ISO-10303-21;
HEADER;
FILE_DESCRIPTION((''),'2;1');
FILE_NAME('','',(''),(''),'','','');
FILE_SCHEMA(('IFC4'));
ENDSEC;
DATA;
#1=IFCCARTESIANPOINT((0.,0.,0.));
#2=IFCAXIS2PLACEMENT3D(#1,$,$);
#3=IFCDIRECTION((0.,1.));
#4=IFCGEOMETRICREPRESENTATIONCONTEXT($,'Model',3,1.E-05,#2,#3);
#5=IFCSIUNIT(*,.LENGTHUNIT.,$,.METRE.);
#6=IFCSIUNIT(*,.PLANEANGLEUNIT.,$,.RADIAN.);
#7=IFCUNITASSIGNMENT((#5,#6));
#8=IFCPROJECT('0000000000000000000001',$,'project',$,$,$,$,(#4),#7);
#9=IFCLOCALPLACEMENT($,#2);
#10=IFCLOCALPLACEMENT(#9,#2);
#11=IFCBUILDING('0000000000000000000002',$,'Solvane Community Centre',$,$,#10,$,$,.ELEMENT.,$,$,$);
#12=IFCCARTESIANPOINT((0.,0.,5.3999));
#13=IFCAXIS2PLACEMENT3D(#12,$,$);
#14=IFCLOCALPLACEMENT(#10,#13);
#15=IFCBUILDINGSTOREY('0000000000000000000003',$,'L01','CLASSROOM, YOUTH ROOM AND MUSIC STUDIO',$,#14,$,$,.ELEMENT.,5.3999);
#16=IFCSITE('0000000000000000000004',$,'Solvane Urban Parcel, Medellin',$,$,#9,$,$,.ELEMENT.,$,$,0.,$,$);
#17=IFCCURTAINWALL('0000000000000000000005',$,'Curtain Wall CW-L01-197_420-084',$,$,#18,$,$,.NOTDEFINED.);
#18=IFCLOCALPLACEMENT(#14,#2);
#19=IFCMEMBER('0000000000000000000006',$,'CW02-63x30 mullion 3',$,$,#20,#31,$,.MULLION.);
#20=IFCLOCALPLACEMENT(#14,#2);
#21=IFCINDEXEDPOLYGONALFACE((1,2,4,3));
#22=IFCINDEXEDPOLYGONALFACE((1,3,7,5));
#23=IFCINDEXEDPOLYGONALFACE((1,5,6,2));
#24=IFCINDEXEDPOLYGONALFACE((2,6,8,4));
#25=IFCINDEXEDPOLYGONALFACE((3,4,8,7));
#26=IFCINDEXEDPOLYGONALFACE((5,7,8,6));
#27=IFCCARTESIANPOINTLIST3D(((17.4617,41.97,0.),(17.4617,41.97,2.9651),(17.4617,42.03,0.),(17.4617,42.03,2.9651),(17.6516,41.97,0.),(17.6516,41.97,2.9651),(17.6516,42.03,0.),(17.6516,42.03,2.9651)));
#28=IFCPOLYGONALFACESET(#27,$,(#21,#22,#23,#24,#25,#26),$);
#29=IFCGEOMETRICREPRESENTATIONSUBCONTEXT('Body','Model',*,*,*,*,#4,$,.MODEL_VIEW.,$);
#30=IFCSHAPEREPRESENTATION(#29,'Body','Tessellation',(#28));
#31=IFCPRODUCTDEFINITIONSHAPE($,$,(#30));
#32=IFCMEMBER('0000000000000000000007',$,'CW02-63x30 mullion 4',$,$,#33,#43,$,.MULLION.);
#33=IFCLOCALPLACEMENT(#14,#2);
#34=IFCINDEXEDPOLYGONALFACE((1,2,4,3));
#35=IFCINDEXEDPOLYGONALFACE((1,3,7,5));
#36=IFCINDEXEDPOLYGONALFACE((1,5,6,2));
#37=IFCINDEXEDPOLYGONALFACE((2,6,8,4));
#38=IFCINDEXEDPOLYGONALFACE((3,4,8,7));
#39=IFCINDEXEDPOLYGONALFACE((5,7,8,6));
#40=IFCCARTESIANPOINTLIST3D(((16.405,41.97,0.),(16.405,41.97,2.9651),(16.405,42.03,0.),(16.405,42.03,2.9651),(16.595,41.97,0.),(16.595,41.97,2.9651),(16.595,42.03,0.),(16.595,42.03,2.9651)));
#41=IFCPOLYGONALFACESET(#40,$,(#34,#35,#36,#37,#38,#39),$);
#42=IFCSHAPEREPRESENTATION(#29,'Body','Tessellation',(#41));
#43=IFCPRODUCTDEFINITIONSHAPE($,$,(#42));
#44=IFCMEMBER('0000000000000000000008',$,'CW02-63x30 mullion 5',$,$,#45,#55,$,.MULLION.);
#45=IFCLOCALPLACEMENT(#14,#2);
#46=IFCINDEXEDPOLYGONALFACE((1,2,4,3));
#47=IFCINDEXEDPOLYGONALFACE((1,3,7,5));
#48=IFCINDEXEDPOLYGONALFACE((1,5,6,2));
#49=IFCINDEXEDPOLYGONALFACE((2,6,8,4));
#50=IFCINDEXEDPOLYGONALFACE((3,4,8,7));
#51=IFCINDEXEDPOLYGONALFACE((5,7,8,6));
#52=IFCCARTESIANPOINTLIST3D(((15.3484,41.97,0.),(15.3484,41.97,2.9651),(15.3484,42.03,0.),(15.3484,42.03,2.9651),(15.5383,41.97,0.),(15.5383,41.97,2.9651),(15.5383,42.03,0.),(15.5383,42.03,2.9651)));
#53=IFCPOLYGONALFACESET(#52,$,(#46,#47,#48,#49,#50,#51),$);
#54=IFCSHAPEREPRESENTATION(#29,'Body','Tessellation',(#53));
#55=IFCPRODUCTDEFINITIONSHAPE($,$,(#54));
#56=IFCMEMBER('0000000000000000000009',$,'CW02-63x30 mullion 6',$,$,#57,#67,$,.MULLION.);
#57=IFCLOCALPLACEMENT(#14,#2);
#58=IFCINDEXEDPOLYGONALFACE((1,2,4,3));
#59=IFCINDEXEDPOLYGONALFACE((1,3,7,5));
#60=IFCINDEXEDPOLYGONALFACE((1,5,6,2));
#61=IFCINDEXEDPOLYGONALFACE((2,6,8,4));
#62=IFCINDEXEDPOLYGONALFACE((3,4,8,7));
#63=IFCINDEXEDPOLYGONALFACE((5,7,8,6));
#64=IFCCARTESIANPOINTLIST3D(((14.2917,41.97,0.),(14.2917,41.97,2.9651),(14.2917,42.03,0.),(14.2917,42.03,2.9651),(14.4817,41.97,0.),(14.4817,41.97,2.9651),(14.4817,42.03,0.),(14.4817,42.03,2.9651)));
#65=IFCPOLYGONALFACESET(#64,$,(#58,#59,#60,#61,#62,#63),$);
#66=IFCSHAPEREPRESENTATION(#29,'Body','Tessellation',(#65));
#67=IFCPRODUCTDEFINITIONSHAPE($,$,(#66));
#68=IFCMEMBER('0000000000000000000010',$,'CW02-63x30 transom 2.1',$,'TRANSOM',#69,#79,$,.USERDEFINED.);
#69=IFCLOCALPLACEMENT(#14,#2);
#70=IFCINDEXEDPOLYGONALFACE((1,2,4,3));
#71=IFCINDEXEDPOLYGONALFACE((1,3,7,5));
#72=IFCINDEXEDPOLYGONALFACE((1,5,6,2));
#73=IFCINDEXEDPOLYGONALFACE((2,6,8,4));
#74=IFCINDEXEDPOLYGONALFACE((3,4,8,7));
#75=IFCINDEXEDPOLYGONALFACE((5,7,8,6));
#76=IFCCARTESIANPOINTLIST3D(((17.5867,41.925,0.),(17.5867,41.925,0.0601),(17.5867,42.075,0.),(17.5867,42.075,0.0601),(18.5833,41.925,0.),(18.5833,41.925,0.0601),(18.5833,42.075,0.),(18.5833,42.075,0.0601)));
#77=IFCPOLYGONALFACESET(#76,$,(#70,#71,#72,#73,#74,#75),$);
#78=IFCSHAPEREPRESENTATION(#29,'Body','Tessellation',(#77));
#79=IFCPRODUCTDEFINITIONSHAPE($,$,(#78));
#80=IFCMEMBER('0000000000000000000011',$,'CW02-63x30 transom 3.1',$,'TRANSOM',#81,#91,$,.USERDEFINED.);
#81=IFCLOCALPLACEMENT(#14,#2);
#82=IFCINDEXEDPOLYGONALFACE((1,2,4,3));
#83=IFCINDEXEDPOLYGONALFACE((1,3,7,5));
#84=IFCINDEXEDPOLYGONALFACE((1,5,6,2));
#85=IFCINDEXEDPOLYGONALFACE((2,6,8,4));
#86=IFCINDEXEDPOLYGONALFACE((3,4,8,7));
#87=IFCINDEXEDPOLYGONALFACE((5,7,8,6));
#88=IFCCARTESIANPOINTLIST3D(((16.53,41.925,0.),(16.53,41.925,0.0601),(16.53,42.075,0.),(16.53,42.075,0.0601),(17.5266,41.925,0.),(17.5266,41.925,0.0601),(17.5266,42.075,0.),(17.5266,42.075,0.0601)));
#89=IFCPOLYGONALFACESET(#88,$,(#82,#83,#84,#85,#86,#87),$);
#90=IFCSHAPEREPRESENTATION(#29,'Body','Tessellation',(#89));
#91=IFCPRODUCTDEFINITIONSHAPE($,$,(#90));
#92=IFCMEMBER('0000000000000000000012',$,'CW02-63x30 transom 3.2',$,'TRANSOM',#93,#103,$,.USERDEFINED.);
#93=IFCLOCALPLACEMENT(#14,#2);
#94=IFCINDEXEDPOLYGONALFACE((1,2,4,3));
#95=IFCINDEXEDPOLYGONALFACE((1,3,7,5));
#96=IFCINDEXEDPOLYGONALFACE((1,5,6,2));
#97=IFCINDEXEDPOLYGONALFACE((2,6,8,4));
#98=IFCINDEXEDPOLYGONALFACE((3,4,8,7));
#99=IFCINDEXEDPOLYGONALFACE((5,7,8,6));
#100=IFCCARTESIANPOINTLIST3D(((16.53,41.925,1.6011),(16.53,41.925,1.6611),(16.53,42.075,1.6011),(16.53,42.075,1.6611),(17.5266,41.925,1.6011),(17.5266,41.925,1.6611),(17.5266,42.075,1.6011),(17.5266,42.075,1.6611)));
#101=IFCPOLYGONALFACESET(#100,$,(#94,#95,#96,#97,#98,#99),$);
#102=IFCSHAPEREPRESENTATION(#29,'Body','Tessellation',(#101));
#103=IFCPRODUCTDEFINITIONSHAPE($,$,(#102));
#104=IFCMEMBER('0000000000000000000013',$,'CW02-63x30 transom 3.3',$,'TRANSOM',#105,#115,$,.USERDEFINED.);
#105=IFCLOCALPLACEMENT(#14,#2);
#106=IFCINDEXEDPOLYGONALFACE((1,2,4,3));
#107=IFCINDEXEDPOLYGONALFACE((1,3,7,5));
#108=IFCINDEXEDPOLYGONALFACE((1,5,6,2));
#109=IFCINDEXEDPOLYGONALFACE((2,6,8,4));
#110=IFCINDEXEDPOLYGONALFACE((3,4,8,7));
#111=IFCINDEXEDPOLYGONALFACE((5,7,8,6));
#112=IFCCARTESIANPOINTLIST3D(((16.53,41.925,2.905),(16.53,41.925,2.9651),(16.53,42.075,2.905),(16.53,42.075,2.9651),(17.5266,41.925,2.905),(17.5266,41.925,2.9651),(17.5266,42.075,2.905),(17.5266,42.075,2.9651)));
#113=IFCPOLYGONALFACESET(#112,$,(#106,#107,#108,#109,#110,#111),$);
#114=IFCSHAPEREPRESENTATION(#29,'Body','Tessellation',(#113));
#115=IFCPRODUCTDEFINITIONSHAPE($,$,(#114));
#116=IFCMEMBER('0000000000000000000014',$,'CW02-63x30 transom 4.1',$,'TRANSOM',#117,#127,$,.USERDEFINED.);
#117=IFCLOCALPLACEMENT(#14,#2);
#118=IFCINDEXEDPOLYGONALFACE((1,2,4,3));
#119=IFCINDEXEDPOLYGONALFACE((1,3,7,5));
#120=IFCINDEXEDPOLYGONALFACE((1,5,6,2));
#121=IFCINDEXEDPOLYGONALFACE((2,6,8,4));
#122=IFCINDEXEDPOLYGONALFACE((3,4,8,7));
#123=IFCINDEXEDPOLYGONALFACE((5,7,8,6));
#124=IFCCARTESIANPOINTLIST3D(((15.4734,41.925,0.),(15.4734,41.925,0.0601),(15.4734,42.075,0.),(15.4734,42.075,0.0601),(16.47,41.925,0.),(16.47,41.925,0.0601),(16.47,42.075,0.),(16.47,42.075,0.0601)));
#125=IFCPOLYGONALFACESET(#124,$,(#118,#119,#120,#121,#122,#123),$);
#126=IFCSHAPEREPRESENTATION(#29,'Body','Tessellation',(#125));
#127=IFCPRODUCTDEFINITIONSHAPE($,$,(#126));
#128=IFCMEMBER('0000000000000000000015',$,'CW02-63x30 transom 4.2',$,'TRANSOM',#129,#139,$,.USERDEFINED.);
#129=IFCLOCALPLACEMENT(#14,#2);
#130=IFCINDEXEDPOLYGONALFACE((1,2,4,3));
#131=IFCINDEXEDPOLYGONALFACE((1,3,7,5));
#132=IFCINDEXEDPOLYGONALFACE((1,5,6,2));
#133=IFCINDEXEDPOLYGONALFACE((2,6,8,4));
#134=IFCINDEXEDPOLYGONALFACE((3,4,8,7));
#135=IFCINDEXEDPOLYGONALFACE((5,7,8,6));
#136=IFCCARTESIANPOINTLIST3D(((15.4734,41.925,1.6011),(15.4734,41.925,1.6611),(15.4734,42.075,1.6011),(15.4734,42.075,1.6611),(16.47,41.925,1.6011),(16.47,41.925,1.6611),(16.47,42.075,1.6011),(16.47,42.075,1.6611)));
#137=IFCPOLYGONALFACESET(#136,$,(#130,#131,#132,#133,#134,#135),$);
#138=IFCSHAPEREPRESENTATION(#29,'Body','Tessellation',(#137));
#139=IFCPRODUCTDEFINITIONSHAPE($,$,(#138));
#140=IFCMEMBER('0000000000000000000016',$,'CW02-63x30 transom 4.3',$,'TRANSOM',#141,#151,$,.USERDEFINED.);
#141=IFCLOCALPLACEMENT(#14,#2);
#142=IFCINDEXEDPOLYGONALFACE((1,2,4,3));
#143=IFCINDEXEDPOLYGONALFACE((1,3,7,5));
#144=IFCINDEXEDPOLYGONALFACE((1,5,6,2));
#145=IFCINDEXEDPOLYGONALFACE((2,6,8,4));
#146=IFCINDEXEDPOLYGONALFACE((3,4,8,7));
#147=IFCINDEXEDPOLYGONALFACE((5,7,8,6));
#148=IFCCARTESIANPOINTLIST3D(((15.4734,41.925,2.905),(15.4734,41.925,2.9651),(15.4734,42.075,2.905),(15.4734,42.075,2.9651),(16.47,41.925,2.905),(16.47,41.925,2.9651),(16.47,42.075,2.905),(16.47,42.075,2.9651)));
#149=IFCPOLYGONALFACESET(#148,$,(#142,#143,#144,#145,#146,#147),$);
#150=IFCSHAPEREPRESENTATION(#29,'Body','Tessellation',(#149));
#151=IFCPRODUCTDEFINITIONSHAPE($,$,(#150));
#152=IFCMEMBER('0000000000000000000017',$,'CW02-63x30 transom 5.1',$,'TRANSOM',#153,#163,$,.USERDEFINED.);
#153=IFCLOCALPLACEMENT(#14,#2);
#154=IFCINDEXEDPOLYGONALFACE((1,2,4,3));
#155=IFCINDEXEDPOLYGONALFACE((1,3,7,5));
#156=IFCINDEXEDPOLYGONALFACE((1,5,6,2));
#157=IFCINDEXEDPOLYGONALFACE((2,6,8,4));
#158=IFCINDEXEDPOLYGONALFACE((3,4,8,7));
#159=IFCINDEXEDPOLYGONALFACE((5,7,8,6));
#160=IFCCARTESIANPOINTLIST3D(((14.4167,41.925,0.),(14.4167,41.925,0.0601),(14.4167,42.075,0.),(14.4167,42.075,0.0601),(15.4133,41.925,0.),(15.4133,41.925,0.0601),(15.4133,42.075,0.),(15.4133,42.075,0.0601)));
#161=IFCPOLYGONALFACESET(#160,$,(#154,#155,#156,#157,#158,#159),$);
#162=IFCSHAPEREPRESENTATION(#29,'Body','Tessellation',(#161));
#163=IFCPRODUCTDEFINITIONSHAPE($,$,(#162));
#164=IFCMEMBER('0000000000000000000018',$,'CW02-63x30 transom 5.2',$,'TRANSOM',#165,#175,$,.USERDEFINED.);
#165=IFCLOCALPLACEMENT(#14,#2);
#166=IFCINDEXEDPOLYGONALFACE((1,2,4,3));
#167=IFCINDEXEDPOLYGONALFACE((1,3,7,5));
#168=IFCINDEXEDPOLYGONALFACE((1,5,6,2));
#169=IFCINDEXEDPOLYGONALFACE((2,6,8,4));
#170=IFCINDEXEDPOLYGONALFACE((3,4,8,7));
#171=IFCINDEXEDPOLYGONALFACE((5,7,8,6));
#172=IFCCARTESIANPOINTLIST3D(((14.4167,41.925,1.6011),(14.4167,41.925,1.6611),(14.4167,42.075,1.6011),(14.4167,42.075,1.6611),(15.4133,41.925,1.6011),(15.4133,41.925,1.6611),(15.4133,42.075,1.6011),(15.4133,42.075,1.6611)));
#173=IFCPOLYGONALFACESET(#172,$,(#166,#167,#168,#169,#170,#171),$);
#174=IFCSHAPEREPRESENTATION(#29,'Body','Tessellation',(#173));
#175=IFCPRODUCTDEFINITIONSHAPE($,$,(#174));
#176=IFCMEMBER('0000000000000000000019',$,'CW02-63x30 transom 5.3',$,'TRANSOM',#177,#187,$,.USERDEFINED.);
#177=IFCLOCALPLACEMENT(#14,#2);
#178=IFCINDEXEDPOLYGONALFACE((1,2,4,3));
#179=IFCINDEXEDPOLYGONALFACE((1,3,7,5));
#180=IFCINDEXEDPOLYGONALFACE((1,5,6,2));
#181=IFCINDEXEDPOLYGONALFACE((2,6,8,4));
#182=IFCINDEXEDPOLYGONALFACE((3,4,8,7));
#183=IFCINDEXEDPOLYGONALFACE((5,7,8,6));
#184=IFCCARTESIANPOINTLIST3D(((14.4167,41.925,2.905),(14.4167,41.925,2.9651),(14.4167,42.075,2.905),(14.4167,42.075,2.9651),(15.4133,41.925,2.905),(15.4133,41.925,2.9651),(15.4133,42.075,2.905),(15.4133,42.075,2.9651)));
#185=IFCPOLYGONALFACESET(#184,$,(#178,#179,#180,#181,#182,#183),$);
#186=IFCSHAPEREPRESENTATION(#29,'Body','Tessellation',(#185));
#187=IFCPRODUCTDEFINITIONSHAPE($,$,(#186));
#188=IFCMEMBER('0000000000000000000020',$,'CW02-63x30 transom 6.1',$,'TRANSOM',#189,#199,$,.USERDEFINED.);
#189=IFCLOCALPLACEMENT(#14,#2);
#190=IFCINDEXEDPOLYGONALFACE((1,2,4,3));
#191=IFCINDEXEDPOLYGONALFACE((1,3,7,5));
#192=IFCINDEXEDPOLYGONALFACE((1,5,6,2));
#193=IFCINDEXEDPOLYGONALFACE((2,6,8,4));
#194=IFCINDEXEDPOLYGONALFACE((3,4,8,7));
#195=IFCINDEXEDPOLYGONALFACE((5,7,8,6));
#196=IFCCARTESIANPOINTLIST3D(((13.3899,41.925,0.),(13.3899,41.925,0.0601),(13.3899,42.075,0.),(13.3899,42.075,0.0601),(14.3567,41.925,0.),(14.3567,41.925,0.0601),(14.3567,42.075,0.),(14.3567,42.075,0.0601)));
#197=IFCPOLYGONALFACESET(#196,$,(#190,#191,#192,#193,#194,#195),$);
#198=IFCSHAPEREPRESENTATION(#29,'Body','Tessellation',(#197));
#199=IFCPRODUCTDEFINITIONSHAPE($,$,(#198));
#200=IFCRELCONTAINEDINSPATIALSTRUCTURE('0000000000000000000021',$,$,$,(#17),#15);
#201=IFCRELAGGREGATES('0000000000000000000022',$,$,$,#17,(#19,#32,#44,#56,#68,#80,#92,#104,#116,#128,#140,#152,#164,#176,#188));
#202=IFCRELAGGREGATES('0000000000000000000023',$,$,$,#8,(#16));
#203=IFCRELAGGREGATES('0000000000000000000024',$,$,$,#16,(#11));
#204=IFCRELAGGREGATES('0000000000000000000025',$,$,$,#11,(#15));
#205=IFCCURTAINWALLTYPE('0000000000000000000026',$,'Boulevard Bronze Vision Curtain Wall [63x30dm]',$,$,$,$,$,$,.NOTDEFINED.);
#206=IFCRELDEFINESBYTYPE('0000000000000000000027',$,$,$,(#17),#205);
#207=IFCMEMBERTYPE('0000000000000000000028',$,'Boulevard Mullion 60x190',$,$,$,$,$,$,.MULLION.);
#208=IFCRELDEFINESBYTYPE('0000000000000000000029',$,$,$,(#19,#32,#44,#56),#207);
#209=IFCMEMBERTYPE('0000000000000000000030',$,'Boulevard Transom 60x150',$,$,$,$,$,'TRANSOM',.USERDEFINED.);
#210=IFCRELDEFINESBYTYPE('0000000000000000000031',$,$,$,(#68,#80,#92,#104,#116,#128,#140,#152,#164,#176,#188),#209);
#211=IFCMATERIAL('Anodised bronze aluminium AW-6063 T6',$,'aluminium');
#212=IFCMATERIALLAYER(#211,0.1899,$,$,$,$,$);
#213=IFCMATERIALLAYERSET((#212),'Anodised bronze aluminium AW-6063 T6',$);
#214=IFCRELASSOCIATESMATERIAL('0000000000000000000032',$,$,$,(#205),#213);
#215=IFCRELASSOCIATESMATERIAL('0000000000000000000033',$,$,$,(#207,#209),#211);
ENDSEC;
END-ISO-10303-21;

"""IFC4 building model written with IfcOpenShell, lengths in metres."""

from ifc_helpers import new_model, si_unit, direction, frame, origin, origin_2d, place, context, subcontext, project, spatial, rectangle, extrude, material, layer, layer_set, material_profile, profile_set, type_object, element, aggregate, save


model = new_model("IFC4")

# Units and contexts
model_context = context("Model", 3, precision=1e-05, world=origin(), true_north=direction((0.0, 1.0)))
body_context = subcontext(model_context, "Body", "Model", "MODEL_VIEW")
ifc_project = project(units=[si_unit("LENGTHUNIT", "METRE"), si_unit("PLANEANGLEUNIT", "RADIAN")], contexts=[model_context])

# Site, building, storey
site_placement = place(None, origin())
site = spatial("IfcSite", under=ifc_project, at=site_placement, Name="Solvane Urban Parcel, Medellin", CompositionType="ELEMENT", RefElevation=0.0)
building_placement = place(site_placement, origin())
building = spatial("IfcBuilding", under=site, at=building_placement, Name="Solvane Community Centre", CompositionType="ELEMENT")
storey_placement = place(building_placement, frame((0.0, 0.0, 5.3999)))
storey = spatial("IfcBuildingStorey", under=building, at=storey_placement, Name="L01", Description="CLASSROOM, YOUTH ROOM AND MUSIC STUDIO", CompositionType="ELEMENT", Elevation=5.3999)

# Curtain wall, members
ifc_material_1 = material(Name="Anodised bronze aluminium AW-6063 T6", Category="aluminium")
ifc_layer_1 = layer(ifc_material_1, 0.1899)
ifc_layer_set_1 = layer_set([ifc_layer_1], Name="Anodised bronze aluminium AW-6063 T6")
curtain_wall_type = type_object("IfcCurtainWallType", Name="Boulevard Bronze Vision Curtain Wall [63x30dm]", PredefinedType="NOTDEFINED", material=ifc_layer_set_1)
curtain_wall_placement = place(storey_placement, origin())
curtain_wall = element("IfcCurtainWall", 1, at=curtain_wall_placement, inside=storey, type_object=curtain_wall_type, Name="Curtain Wall CW-L01-197_420-084", PredefinedType="NOTDEFINED")
ifc_material_profile_1 = material_profile(ifc_material_1, rectangle(XDim=0.0601, YDim=0.1899, at=origin_2d()), Name="CW-M 60x190")
ifc_profile_set_1 = profile_set([ifc_material_profile_1], Name="Anodised bronze aluminium AW-6063 T6")
member_type_1 = type_object("IfcMemberType", Name="Boulevard Mullion 60x190", PredefinedType="MULLION", material=ifc_profile_set_1)
member_1_placement = place(storey_placement, frame((17.5566, 42.0, 0.0), z_axis=(0.0, 0.0, 1.0), x_axis=(0.0, -1.0, 0.0)))
member_1 = element("IfcMember", 2, at=member_1_placement, type_object=member_type_1, Name="CW02-63x30 mullion 3", PredefinedType="MULLION", context=body_context, shape_type="SweptSolid", body=[
    extrude(rectangle(XDim=0.0601, YDim=0.1899, at=origin_2d()), origin(), (0.0, 0.0, 1.0), 2.9651),
])
member_2_placement = place(storey_placement, frame((16.5, 42.0, 0.0), z_axis=(0.0, 0.0, 1.0), x_axis=(0.0, -1.0, 0.0)))
member_2 = element("IfcMember", 3, at=member_2_placement, type_object=member_type_1, Name="CW02-63x30 mullion 4", PredefinedType="MULLION", context=body_context, shape_type="SweptSolid", body=[
    extrude(rectangle(XDim=0.0601, YDim=0.1899, at=origin_2d()), origin(), (0.0, 0.0, 1.0), 2.9651),
])
member_3_placement = place(storey_placement, frame((15.4434, 42.0, 0.0), z_axis=(0.0, 0.0, 1.0), x_axis=(0.0, -1.0, 0.0)))
member_3 = element("IfcMember", 4, at=member_3_placement, type_object=member_type_1, Name="CW02-63x30 mullion 5", PredefinedType="MULLION", context=body_context, shape_type="SweptSolid", body=[
    extrude(rectangle(XDim=0.0601, YDim=0.1899, at=origin_2d()), origin(), (0.0, 0.0, 1.0), 2.9651),
])
member_4_placement = place(storey_placement, frame((14.3867, 42.0, 0.0), z_axis=(0.0, 0.0, 1.0), x_axis=(0.0, -1.0, 0.0)))
member_4 = element("IfcMember", 5, at=member_4_placement, type_object=member_type_1, Name="CW02-63x30 mullion 6", PredefinedType="MULLION", context=body_context, shape_type="SweptSolid", body=[
    extrude(rectangle(XDim=0.0601, YDim=0.1899, at=origin_2d()), origin(), (0.0, 0.0, 1.0), 2.9651),
])
ifc_material_profile_2 = material_profile(ifc_material_1, rectangle(XDim=0.1499, YDim=0.0601, at=origin_2d()), Name="CW-T 60x150")
ifc_profile_set_2 = profile_set([ifc_material_profile_2], Name="Anodised bronze aluminium AW-6063 T6")
member_type_2 = type_object("IfcMemberType", Name="Boulevard Transom 60x150", ElementType="TRANSOM", PredefinedType="USERDEFINED", material=ifc_profile_set_2)
member_5_placement = place(storey_placement, frame((18.5833, 42.0, 0.03), z_axis=(-1.0, 0.0, 0.0), x_axis=(0.0, -1.0, 0.0)))
member_5 = element("IfcMember", 6, at=member_5_placement, type_object=member_type_2, Name="CW02-63x30 transom 2.1", ObjectType="TRANSOM", PredefinedType="USERDEFINED", context=body_context, shape_type="SweptSolid", body=[
    extrude(rectangle(XDim=0.1499, YDim=0.0601, at=origin_2d()), origin(), (0.0, 0.0, 1.0), 0.9966),
])
member_6_placement = place(storey_placement, frame((17.5266, 42.0, 0.03), z_axis=(-1.0, 0.0, 0.0), x_axis=(0.0, -1.0, 0.0)))
member_6 = element("IfcMember", 7, at=member_6_placement, type_object=member_type_2, Name="CW02-63x30 transom 3.1", ObjectType="TRANSOM", PredefinedType="USERDEFINED", context=body_context, shape_type="SweptSolid", body=[
    extrude(rectangle(XDim=0.1499, YDim=0.0601, at=origin_2d()), origin(), (0.0, 0.0, 1.0), 0.9966),
])
member_7_placement = place(storey_placement, frame((17.5266, 42.0, 1.6311), z_axis=(-1.0, 0.0, 0.0), x_axis=(0.0, -1.0, 0.0)))
member_7 = element("IfcMember", 8, at=member_7_placement, type_object=member_type_2, Name="CW02-63x30 transom 3.2", ObjectType="TRANSOM", PredefinedType="USERDEFINED", context=body_context, shape_type="SweptSolid", body=[
    extrude(rectangle(XDim=0.1499, YDim=0.0601, at=origin_2d()), origin(), (0.0, 0.0, 1.0), 0.9966),
])
member_8_placement = place(storey_placement, frame((17.5266, 42.0, 2.9351), z_axis=(-1.0, 0.0, 0.0), x_axis=(0.0, -1.0, 0.0)))
member_8 = element("IfcMember", 9, at=member_8_placement, type_object=member_type_2, Name="CW02-63x30 transom 3.3", ObjectType="TRANSOM", PredefinedType="USERDEFINED", context=body_context, shape_type="SweptSolid", body=[
    extrude(rectangle(XDim=0.1499, YDim=0.0601, at=origin_2d()), origin(), (0.0, 0.0, 1.0), 0.9966),
])
member_9_placement = place(storey_placement, frame((16.47, 42.0, 0.03), z_axis=(-1.0, 0.0, 0.0), x_axis=(0.0, -1.0, 0.0)))
member_9 = element("IfcMember", 10, at=member_9_placement, type_object=member_type_2, Name="CW02-63x30 transom 4.1", ObjectType="TRANSOM", PredefinedType="USERDEFINED", context=body_context, shape_type="SweptSolid", body=[
    extrude(rectangle(XDim=0.1499, YDim=0.0601, at=origin_2d()), origin(), (0.0, 0.0, 1.0), 0.9966),
])
member_10_placement = place(storey_placement, frame((16.47, 42.0, 1.6311), z_axis=(-1.0, 0.0, 0.0), x_axis=(0.0, -1.0, 0.0)))
member_10 = element("IfcMember", 11, at=member_10_placement, type_object=member_type_2, Name="CW02-63x30 transom 4.2", ObjectType="TRANSOM", PredefinedType="USERDEFINED", context=body_context, shape_type="SweptSolid", body=[
    extrude(rectangle(XDim=0.1499, YDim=0.0601, at=origin_2d()), origin(), (0.0, 0.0, 1.0), 0.9966),
])
member_11_placement = place(storey_placement, frame((16.47, 42.0, 2.9351), z_axis=(-1.0, 0.0, 0.0), x_axis=(0.0, -1.0, 0.0)))
member_11 = element("IfcMember", 12, at=member_11_placement, type_object=member_type_2, Name="CW02-63x30 transom 4.3", ObjectType="TRANSOM", PredefinedType="USERDEFINED", context=body_context, shape_type="SweptSolid", body=[
    extrude(rectangle(XDim=0.1499, YDim=0.0601, at=origin_2d()), origin(), (0.0, 0.0, 1.0), 0.9966),
])
member_12_placement = place(storey_placement, frame((15.4133, 42.0, 0.03), z_axis=(-1.0, 0.0, 0.0), x_axis=(0.0, -1.0, 0.0)))
member_12 = element("IfcMember", 13, at=member_12_placement, type_object=member_type_2, Name="CW02-63x30 transom 5.1", ObjectType="TRANSOM", PredefinedType="USERDEFINED", context=body_context, shape_type="SweptSolid", body=[
    extrude(rectangle(XDim=0.1499, YDim=0.0601, at=origin_2d()), origin(), (0.0, 0.0, 1.0), 0.9966),
])
member_13_placement = place(storey_placement, frame((15.4133, 42.0, 1.6311), z_axis=(-1.0, 0.0, 0.0), x_axis=(0.0, -1.0, 0.0)))
member_13 = element("IfcMember", 14, at=member_13_placement, type_object=member_type_2, Name="CW02-63x30 transom 5.2", ObjectType="TRANSOM", PredefinedType="USERDEFINED", context=body_context, shape_type="SweptSolid", body=[
    extrude(rectangle(XDim=0.1499, YDim=0.0601, at=origin_2d()), origin(), (0.0, 0.0, 1.0), 0.9966),
])
member_14_placement = place(storey_placement, frame((15.4133, 42.0, 2.9351), z_axis=(-1.0, 0.0, 0.0), x_axis=(0.0, -1.0, 0.0)))
member_14 = element("IfcMember", 15, at=member_14_placement, type_object=member_type_2, Name="CW02-63x30 transom 5.3", ObjectType="TRANSOM", PredefinedType="USERDEFINED", context=body_context, shape_type="SweptSolid", body=[
    extrude(rectangle(XDim=0.1499, YDim=0.0601, at=origin_2d()), origin(), (0.0, 0.0, 1.0), 0.9966),
])
member_15_placement = place(storey_placement, frame((14.3567, 42.0, 0.03), z_axis=(-1.0, 0.0, 0.0), x_axis=(0.0, -1.0, 0.0)))
member_15 = element("IfcMember", 16, at=member_15_placement, type_object=member_type_2, Name="CW02-63x30 transom 6.1", ObjectType="TRANSOM", PredefinedType="USERDEFINED", context=body_context, shape_type="SweptSolid", body=[
    extrude(rectangle(XDim=0.1499, YDim=0.0601, at=origin_2d()), origin(), (0.0, 0.0, 1.0), 0.9668),
])
aggregate(curtain_wall, [member_1, member_2, member_3, member_4, member_5, member_6, member_7, member_8, member_9, member_10, member_11, member_12, member_13, member_14, member_15])

save(model, "model.ifc")
